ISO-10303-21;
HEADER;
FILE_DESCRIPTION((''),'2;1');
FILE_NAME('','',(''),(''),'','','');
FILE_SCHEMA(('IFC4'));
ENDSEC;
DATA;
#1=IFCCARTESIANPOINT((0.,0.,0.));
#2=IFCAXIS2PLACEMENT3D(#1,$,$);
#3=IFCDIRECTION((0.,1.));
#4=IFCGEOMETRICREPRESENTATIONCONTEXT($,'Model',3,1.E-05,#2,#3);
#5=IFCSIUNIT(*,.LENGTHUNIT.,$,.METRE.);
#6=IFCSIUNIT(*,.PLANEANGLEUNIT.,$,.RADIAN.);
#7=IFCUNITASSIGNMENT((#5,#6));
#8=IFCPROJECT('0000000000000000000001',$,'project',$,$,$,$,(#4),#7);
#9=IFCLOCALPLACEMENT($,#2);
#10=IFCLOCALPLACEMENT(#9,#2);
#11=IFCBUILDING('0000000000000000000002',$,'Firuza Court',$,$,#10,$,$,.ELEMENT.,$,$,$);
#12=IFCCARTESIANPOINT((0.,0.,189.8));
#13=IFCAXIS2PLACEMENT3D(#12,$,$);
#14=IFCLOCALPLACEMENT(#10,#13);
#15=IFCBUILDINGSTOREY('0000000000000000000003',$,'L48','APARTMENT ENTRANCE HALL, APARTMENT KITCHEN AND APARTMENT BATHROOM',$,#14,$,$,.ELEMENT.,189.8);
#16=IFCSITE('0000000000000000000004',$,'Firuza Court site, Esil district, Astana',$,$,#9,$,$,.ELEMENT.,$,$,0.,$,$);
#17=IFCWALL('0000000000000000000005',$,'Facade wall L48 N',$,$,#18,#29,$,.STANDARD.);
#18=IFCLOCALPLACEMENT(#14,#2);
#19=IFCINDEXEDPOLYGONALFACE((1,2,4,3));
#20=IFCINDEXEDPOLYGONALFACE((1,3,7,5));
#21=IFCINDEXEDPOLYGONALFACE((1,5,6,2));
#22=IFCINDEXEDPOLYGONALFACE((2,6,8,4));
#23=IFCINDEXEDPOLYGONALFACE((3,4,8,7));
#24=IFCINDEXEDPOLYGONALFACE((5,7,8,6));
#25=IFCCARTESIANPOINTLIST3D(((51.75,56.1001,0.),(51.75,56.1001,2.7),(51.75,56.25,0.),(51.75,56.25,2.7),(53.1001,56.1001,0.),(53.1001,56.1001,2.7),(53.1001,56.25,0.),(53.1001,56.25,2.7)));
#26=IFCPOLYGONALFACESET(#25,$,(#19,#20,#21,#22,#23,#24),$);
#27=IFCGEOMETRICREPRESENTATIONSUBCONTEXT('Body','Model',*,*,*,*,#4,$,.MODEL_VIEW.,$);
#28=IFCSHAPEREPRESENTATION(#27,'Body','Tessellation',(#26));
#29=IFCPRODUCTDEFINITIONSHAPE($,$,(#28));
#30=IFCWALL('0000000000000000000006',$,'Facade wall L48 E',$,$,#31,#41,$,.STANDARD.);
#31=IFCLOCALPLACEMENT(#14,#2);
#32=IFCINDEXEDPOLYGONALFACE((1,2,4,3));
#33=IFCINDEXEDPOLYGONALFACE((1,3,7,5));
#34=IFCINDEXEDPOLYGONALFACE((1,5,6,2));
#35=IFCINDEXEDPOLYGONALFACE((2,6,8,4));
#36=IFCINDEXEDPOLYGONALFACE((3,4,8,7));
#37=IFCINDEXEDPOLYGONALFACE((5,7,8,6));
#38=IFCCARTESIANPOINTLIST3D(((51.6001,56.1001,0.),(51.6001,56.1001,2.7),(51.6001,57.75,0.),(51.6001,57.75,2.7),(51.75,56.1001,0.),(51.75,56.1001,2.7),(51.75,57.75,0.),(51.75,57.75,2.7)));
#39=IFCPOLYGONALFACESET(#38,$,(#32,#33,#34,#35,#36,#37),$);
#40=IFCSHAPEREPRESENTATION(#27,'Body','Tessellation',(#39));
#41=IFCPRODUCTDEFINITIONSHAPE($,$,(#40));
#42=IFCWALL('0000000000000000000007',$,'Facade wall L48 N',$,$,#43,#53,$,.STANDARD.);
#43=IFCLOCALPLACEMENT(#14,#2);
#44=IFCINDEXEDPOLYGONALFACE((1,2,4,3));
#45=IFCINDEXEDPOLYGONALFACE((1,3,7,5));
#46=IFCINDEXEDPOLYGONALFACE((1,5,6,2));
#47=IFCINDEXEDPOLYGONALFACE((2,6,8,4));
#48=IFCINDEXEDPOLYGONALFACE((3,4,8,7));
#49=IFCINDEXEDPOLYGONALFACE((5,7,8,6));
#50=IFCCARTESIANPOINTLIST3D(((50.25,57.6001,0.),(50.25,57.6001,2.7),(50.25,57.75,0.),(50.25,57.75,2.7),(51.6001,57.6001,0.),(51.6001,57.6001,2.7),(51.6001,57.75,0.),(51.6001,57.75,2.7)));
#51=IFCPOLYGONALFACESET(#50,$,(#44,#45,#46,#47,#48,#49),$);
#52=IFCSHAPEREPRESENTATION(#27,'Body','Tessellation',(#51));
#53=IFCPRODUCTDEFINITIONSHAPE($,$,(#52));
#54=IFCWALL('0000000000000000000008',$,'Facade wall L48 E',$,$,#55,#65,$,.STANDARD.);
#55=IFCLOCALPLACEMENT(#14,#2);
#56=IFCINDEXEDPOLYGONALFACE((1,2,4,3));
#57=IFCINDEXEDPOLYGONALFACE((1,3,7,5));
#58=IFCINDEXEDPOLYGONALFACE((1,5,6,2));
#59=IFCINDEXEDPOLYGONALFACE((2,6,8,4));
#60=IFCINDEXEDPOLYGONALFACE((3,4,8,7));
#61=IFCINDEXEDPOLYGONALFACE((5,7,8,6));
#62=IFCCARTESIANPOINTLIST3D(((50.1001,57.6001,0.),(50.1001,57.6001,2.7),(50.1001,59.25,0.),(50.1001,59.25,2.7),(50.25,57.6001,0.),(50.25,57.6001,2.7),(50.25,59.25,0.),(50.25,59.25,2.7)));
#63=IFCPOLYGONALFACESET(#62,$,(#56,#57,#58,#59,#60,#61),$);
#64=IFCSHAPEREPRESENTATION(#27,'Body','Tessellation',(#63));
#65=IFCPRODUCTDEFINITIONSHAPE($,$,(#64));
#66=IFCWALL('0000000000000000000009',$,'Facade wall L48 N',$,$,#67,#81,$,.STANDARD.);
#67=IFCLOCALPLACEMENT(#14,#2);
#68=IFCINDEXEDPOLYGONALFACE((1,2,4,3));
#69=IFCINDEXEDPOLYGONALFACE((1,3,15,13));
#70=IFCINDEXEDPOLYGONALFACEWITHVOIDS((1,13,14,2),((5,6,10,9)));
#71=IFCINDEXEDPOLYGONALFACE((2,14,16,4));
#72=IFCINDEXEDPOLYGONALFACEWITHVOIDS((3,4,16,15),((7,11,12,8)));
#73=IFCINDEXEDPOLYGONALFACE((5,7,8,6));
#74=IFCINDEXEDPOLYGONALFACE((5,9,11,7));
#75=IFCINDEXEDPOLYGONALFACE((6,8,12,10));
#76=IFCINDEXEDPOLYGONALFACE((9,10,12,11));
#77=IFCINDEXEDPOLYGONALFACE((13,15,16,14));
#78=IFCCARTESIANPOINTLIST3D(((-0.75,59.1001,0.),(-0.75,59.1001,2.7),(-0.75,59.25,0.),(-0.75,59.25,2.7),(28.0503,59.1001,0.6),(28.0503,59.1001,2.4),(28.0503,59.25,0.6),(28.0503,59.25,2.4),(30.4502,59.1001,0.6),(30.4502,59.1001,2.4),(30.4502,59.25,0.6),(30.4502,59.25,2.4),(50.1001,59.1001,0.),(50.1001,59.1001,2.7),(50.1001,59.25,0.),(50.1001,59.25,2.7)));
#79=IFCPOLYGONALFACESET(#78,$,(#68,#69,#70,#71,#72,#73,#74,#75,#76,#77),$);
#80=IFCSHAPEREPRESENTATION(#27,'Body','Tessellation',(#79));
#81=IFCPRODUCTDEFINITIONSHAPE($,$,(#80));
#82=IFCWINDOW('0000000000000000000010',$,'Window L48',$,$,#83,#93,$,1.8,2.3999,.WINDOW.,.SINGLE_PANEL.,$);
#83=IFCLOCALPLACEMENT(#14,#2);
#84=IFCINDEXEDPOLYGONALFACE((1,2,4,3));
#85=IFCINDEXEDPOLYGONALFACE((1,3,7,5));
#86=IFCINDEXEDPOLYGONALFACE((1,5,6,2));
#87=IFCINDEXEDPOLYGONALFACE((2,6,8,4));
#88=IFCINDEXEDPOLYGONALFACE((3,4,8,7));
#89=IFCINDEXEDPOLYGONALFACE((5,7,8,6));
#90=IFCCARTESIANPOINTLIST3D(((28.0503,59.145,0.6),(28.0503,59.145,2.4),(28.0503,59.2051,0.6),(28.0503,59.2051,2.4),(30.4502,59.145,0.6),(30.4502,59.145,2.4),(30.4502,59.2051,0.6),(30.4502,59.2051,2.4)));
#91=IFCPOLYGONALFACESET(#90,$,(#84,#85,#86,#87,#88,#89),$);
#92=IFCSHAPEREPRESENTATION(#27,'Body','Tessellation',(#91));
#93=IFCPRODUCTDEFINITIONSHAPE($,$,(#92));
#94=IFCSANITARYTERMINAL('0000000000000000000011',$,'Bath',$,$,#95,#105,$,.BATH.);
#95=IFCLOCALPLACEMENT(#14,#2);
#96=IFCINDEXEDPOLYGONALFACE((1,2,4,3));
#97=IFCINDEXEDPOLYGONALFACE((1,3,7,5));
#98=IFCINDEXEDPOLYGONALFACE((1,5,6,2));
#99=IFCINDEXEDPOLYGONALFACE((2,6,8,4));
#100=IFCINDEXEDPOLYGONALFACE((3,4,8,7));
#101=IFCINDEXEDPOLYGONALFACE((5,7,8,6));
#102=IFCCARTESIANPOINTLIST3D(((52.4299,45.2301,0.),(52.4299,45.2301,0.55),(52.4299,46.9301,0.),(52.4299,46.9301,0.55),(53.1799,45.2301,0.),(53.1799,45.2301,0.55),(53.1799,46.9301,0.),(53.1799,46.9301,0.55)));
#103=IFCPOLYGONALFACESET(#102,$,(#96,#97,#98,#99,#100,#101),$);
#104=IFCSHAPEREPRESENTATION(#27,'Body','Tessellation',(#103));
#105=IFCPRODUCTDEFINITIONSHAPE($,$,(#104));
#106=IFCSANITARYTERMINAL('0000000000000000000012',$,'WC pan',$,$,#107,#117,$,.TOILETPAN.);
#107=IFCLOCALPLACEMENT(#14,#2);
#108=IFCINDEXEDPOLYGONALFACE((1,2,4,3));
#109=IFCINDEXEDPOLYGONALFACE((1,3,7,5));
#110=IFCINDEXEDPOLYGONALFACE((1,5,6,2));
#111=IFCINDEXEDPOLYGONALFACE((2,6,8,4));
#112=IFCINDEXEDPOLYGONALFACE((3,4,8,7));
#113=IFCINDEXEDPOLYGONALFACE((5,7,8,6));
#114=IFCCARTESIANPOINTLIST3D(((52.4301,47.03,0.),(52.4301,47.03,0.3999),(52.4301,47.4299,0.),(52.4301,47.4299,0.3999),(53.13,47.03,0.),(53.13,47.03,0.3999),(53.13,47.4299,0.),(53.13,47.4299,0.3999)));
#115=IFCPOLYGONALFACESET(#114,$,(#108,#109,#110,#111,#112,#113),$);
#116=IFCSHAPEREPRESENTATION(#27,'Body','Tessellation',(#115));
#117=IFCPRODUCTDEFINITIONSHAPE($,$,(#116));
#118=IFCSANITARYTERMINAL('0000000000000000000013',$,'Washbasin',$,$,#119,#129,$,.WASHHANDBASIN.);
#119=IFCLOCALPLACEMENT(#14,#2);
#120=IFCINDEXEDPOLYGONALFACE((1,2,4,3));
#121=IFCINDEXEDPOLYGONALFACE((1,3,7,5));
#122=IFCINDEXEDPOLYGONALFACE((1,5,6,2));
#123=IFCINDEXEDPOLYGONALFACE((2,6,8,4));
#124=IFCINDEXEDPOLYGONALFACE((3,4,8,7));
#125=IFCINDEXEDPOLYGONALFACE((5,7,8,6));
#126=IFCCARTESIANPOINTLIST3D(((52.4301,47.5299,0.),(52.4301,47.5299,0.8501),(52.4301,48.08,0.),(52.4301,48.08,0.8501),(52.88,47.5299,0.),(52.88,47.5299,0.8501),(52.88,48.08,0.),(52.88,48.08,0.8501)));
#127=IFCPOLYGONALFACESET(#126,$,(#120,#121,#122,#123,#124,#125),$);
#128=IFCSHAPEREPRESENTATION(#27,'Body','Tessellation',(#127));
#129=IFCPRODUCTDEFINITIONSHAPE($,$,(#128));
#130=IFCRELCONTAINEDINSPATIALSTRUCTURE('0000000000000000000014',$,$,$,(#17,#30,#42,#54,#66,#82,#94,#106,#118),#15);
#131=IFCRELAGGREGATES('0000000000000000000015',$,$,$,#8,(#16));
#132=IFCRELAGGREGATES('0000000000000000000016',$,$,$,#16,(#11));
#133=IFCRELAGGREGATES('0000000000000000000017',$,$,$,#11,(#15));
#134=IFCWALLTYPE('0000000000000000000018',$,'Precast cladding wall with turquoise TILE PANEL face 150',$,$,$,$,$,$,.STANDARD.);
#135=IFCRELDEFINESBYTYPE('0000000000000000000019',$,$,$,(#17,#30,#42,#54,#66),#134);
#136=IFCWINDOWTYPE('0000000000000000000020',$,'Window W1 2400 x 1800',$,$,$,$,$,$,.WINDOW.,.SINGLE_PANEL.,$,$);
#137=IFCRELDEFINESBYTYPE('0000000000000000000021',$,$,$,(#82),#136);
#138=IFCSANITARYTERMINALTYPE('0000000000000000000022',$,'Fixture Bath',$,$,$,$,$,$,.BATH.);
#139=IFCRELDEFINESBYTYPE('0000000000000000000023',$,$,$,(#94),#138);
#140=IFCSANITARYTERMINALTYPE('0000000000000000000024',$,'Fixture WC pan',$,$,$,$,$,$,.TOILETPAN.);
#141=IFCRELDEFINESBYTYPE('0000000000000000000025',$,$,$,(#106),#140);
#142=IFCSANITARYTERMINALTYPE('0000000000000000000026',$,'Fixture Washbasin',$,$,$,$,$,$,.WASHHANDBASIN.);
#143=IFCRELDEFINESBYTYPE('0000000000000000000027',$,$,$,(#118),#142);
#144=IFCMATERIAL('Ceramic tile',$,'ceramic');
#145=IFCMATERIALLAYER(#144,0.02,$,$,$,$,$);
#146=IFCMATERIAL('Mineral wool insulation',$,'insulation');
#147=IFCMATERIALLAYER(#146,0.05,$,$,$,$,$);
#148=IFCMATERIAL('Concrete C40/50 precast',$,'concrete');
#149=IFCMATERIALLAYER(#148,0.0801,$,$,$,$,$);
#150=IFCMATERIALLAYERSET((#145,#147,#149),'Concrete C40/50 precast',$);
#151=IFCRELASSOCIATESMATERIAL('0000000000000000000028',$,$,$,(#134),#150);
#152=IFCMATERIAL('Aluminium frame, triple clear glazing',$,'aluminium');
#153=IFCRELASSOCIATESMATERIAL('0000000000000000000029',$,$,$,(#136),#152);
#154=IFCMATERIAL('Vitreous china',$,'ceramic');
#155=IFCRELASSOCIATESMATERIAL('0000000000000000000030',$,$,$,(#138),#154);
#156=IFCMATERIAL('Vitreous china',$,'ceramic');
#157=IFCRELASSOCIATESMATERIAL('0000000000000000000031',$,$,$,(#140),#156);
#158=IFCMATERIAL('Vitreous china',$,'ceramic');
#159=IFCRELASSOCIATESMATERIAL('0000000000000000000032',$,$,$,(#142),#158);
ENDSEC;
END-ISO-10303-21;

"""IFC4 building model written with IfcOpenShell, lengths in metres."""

from ifc_helpers import new_model, si_unit, direction, frame, frame_2d, origin, origin_2d, place, context, subcontext, project, spatial, rectangle, extrude, material, layer, layer_set, type_object, element, fill, save


model = new_model("IFC4")

# Units and contexts
model_context = context("Model", 3, precision=1e-05, world=origin(), true_north=direction((0.0, 1.0)))
body_context = subcontext(model_context, "Body", "Model", "MODEL_VIEW")
ifc_project = project(units=[si_unit("LENGTHUNIT", "METRE"), si_unit("PLANEANGLEUNIT", "RADIAN")], contexts=[model_context])

# Site, building, storey
site_placement = place(None, origin())
site = spatial("IfcSite", under=ifc_project, at=site_placement, Name="Firuza Court site, Esil district, Astana", CompositionType="ELEMENT", RefElevation=0.0)
building_placement = place(site_placement, origin())
building = spatial("IfcBuilding", under=site, at=building_placement, Name="Firuza Court", CompositionType="ELEMENT")
storey_placement = place(building_placement, frame((0.0, 0.0, 189.8)))
storey = spatial("IfcBuildingStorey", under=building, at=storey_placement, Name="L48", Description="APARTMENT ENTRANCE HALL, APARTMENT KITCHEN AND APARTMENT BATHROOM", CompositionType="ELEMENT", Elevation=189.8)

# Walls
ifc_material_1 = material(Name="Ceramic tile", Category="ceramic")
ifc_layer_1 = layer(ifc_material_1, 0.02)
ifc_material_2 = material(Name="Mineral wool insulation", Category="insulation")
ifc_layer_2 = layer(ifc_material_2, 0.05)
ifc_material_3 = material(Name="Concrete C40/50 precast", Category="concrete")
ifc_layer_3 = layer(ifc_material_3, 0.0801)
ifc_layer_set_1 = layer_set([ifc_layer_1, ifc_layer_2, ifc_layer_3], Name="Concrete C40/50 precast")
wall_type_1 = type_object("IfcWallType", Name="Precast cladding wall with turquoise TILE PANEL face 150", PredefinedType="STANDARD", material=ifc_layer_set_1)
wall_1_placement = place(storey_placement, frame((53.1001, 56.175, 0.0), z_axis=(0.0, 0.0, 1.0), x_axis=(-1.0, 0.0, 0.0)))
element("IfcWall", 1, at=wall_1_placement, inside=storey, type_object=wall_type_1, Name="Facade wall L48 N", PredefinedType="STANDARD", context=body_context, shape_type="SweptSolid", body=[
    extrude(rectangle(XDim=1.3501, YDim=0.1499, at=frame_2d((0.675, 0.0))), origin(), (0.0, 0.0, 1.0), 2.7),
])
wall_2_placement = place(storey_placement, frame((51.675, 56.1001, 0.0), z_axis=(0.0, 0.0, 1.0), x_axis=(0.0, 1.0, 0.0)))
element("IfcWall", 2, at=wall_2_placement, inside=storey, type_object=wall_type_1, Name="Facade wall L48 E", PredefinedType="STANDARD", context=body_context, shape_type="SweptSolid", body=[
    extrude(rectangle(XDim=1.6499, YDim=0.1499, at=frame_2d((0.825, 0.0))), origin(), (0.0, 0.0, 1.0), 2.7),
])
wall_3_placement = place(storey_placement, frame((51.6001, 57.675, 0.0), z_axis=(0.0, 0.0, 1.0), x_axis=(-1.0, 0.0, 0.0)))
element("IfcWall", 3, at=wall_3_placement, inside=storey, type_object=wall_type_1, Name="Facade wall L48 N", PredefinedType="STANDARD", context=body_context, shape_type="SweptSolid", body=[
    extrude(rectangle(XDim=1.3501, YDim=0.1499, at=frame_2d((0.675, 0.0))), origin(), (0.0, 0.0, 1.0), 2.7),
])
wall_4_placement = place(storey_placement, frame((50.175, 57.6001, 0.0), z_axis=(0.0, 0.0, 1.0), x_axis=(0.0, 1.0, 0.0)))
element("IfcWall", 4, at=wall_4_placement, inside=storey, type_object=wall_type_1, Name="Facade wall L48 E", PredefinedType="STANDARD", context=body_context, shape_type="SweptSolid", body=[
    extrude(rectangle(XDim=1.6499, YDim=0.1499, at=frame_2d((0.825, 0.0))), origin(), (0.0, 0.0, 1.0), 2.7),
])

# Wall, opening, window
wall_5_placement = place(storey_placement, frame((50.1001, 59.175, 0.0), z_axis=(0.0, 0.0, 1.0), x_axis=(-1.0, 0.0, 0.0)))
wall_5 = element("IfcWall", 5, at=wall_5_placement, inside=storey, type_object=wall_type_1, Name="Facade wall L48 N", PredefinedType="STANDARD", context=body_context, shape_type="SweptSolid", body=[
    extrude(rectangle(XDim=50.8501, YDim=0.1499, at=frame_2d((25.425, 0.0))), origin(), (0.0, 0.0, 1.0), 2.7),
])
opening_placement = place(wall_5_placement, frame((19.6499, 0.0, 0.6001)))
opening = element("IfcOpeningElement", 6, at=opening_placement, cuts=wall_5, PredefinedType="OPENING", context=body_context, shape_type="SweptSolid", body=[
    extrude(rectangle(XDim=2.3999, YDim=1.8, at=frame_2d((1.2, 0.8999))), frame((0.0, 0.0869, 0.0), z_axis=(0.0, -1.0, 0.0), x_axis=(1.0, 0.0, 0.0)), (0.0, 0.0, 1.0), 0.1738),
])
ifc_material_4 = material(Name="Aluminium frame, triple clear glazing", Category="aluminium")
window_type = type_object("IfcWindowType", Name="Window W1 2400 x 1800", PartitioningType="SINGLE_PANEL", PredefinedType="WINDOW", material=ifc_material_4)
window_placement = place(opening_placement, origin())
window = element("IfcWindow", 7, at=window_placement, inside=storey, type_object=window_type, Name="Window L48", OverallHeight=1.8, OverallWidth=2.3999, PartitioningType="SINGLE_PANEL", PredefinedType="WINDOW", context=body_context, shape_type="SweptSolid", body=[
    extrude(rectangle(XDim=2.3999, YDim=1.8, at=frame_2d((1.2, 0.8999))), frame((0.0, 0.03, 0.0), z_axis=(0.0, -1.0, 0.0), x_axis=(1.0, 0.0, 0.0)), (0.0, 0.0, 1.0), 0.0601),
])
fill(opening, window)

# Sanitary terminals
ifc_material_5 = material(Name="Vitreous china", Category="ceramic")
sanitary_terminal_type_1 = type_object("IfcSanitaryTerminalType", Name="Fixture Bath", PredefinedType="BATH", material=ifc_material_5)
sanitary_terminal_1_placement = place(storey_placement, frame((52.8049, 46.0801, 0.0), z_axis=(0.0, 0.0, 1.0), x_axis=(1.0, 0.0, 0.0)))
element("IfcSanitaryTerminal", 8, at=sanitary_terminal_1_placement, inside=storey, type_object=sanitary_terminal_type_1, Name="Bath", PredefinedType="BATH", context=body_context, shape_type="SweptSolid", body=[
    extrude(rectangle(XDim=0.75, YDim=1.7, at=origin_2d()), origin(), (0.0, 0.0, 1.0), 0.55),
])
ifc_material_6 = material(Name="Vitreous china", Category="ceramic")
sanitary_terminal_type_2 = type_object("IfcSanitaryTerminalType", Name="Fixture WC pan", PredefinedType="TOILETPAN", material=ifc_material_6)
sanitary_terminal_2_placement = place(storey_placement, frame((52.78, 47.23, 0.0), z_axis=(0.0, 0.0, 1.0), x_axis=(1.0, 0.0, 0.0)))
element("IfcSanitaryTerminal", 9, at=sanitary_terminal_2_placement, inside=storey, type_object=sanitary_terminal_type_2, Name="WC pan", PredefinedType="TOILETPAN", context=body_context, shape_type="SweptSolid", body=[
    extrude(rectangle(XDim=0.7, YDim=0.3999, at=origin_2d()), origin(), (0.0, 0.0, 1.0), 0.3999),
])
ifc_material_7 = material(Name="Vitreous china", Category="ceramic")
sanitary_terminal_type_3 = type_object("IfcSanitaryTerminalType", Name="Fixture Washbasin", PredefinedType="WASHHANDBASIN", material=ifc_material_7)
sanitary_terminal_3_placement = place(storey_placement, frame((52.655, 47.8049, 0.0), z_axis=(0.0, 0.0, 1.0), x_axis=(1.0, 0.0, 0.0)))
element("IfcSanitaryTerminal", 10, at=sanitary_terminal_3_placement, inside=storey, type_object=sanitary_terminal_type_3, Name="Washbasin", PredefinedType="WASHHANDBASIN", context=body_context, shape_type="SweptSolid", body=[
    extrude(rectangle(XDim=0.45, YDim=0.55, at=origin_2d()), origin(), (0.0, 0.0, 1.0), 0.8501),
])

save(model, "model.ifc")
